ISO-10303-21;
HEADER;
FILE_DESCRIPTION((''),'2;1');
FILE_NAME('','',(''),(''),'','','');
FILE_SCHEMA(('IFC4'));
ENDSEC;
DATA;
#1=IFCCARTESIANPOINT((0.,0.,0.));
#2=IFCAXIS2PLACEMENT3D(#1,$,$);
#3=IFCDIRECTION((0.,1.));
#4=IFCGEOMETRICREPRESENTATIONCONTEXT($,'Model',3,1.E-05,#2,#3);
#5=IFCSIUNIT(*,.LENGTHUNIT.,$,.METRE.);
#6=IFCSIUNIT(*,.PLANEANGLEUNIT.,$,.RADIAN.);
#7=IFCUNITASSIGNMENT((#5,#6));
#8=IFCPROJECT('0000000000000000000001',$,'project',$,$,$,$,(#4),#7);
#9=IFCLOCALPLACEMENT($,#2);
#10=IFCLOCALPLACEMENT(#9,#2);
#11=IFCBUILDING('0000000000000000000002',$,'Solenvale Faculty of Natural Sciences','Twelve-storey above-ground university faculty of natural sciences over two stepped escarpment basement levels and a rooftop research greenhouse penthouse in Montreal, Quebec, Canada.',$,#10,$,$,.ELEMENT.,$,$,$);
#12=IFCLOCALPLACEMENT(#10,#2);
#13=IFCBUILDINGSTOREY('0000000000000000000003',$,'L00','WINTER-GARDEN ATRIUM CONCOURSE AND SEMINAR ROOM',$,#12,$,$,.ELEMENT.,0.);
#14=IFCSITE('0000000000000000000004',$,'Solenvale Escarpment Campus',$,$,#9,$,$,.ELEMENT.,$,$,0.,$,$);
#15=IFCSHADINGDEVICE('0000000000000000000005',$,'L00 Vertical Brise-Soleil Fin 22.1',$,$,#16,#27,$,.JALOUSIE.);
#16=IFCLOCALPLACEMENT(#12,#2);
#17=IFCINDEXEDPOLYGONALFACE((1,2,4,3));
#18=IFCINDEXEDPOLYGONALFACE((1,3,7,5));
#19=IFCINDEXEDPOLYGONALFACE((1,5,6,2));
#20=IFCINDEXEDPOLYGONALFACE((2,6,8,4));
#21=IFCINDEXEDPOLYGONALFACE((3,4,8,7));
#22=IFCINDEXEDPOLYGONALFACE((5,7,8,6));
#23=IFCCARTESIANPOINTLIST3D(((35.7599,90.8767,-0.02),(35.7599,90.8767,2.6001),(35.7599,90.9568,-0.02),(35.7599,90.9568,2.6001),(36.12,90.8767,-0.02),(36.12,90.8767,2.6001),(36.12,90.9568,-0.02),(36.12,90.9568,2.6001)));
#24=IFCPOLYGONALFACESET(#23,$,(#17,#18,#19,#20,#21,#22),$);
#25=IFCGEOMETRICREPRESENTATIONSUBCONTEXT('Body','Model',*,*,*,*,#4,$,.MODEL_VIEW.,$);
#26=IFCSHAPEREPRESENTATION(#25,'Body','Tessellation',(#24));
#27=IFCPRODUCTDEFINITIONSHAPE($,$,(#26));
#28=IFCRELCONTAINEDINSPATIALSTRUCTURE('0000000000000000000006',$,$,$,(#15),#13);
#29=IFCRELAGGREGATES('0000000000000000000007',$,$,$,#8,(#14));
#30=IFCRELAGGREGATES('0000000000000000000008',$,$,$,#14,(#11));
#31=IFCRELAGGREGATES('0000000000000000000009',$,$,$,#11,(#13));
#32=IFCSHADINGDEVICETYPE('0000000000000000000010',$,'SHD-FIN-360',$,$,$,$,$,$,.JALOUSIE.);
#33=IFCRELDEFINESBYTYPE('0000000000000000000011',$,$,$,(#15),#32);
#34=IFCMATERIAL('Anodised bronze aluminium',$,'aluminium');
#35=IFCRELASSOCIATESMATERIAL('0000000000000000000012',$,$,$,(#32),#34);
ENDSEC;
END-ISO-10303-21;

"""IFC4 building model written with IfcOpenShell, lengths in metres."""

from ifc_helpers import new_model, si_unit, direction, frame, origin, origin_2d, place, context, subcontext, project, spatial, rectangle, extrude, material, material_profile, profile_set, type_object, element, save


model = new_model("IFC4")

# Units and contexts
model_context = context("Model", 3, precision=1e-05, world=origin(), true_north=direction((0.0, 1.0)))
body_context = subcontext(model_context, "Body", "Model", "MODEL_VIEW")
ifc_project = project(units=[si_unit("LENGTHUNIT", "METRE"), si_unit("PLANEANGLEUNIT", "RADIAN")], contexts=[model_context])

# Site, building, storey
site_placement = place(None, origin())
site = spatial("IfcSite", under=ifc_project, at=site_placement, Name="Solenvale Escarpment Campus", CompositionType="ELEMENT", RefElevation=0.0)
building_placement = place(site_placement, origin())
building = spatial("IfcBuilding", under=site, at=building_placement, Name="Solenvale Faculty of Natural Sciences", Description="Twelve-storey above-ground university faculty of natural sciences over two stepped escarpment basement levels and a rooftop research greenhouse penthouse in Montreal, Quebec, Canada.", CompositionType="ELEMENT")
storey_placement = place(building_placement, origin())
storey = spatial("IfcBuildingStorey", under=building, at=storey_placement, Name="L00", Description="WINTER-GARDEN ATRIUM CONCOURSE AND SEMINAR ROOM", CompositionType="ELEMENT", Elevation=0.0)

# Shared definitions
ifc_material_1 = material(Name="Anodised bronze aluminium", Category="aluminium")

# Shading device
ifc_material_profile_1 = material_profile(ifc_material_1, rectangle(XDim=0.0801, YDim=0.3601, at=origin_2d()), Name="ALU-FIN-80x360")
ifc_profile_set_1 = profile_set([ifc_material_profile_1], Name="Anodised bronze aluminium")
shading_device_type = type_object("IfcShadingDeviceType", Name="SHD-FIN-360", PredefinedType="JALOUSIE", material=ifc_profile_set_1)
shading_device_placement = place(storey_placement, frame((35.9399, 90.9167, -0.02), z_axis=(0.0, 0.0, 1.0), x_axis=(0.0, 1.0, 0.0)))
element("IfcShadingDevice", 1, at=shading_device_placement, inside=storey, type_object=shading_device_type, Name="L00 Vertical Brise-Soleil Fin 22.1", PredefinedType="JALOUSIE", context=body_context, shape_type="SweptSolid", body=[
    extrude(rectangle(XDim=0.0801, YDim=0.3601, at=origin_2d()), origin(), (0.0, 0.0, 1.0), 2.6201),
])

save(model, "model.ifc")
